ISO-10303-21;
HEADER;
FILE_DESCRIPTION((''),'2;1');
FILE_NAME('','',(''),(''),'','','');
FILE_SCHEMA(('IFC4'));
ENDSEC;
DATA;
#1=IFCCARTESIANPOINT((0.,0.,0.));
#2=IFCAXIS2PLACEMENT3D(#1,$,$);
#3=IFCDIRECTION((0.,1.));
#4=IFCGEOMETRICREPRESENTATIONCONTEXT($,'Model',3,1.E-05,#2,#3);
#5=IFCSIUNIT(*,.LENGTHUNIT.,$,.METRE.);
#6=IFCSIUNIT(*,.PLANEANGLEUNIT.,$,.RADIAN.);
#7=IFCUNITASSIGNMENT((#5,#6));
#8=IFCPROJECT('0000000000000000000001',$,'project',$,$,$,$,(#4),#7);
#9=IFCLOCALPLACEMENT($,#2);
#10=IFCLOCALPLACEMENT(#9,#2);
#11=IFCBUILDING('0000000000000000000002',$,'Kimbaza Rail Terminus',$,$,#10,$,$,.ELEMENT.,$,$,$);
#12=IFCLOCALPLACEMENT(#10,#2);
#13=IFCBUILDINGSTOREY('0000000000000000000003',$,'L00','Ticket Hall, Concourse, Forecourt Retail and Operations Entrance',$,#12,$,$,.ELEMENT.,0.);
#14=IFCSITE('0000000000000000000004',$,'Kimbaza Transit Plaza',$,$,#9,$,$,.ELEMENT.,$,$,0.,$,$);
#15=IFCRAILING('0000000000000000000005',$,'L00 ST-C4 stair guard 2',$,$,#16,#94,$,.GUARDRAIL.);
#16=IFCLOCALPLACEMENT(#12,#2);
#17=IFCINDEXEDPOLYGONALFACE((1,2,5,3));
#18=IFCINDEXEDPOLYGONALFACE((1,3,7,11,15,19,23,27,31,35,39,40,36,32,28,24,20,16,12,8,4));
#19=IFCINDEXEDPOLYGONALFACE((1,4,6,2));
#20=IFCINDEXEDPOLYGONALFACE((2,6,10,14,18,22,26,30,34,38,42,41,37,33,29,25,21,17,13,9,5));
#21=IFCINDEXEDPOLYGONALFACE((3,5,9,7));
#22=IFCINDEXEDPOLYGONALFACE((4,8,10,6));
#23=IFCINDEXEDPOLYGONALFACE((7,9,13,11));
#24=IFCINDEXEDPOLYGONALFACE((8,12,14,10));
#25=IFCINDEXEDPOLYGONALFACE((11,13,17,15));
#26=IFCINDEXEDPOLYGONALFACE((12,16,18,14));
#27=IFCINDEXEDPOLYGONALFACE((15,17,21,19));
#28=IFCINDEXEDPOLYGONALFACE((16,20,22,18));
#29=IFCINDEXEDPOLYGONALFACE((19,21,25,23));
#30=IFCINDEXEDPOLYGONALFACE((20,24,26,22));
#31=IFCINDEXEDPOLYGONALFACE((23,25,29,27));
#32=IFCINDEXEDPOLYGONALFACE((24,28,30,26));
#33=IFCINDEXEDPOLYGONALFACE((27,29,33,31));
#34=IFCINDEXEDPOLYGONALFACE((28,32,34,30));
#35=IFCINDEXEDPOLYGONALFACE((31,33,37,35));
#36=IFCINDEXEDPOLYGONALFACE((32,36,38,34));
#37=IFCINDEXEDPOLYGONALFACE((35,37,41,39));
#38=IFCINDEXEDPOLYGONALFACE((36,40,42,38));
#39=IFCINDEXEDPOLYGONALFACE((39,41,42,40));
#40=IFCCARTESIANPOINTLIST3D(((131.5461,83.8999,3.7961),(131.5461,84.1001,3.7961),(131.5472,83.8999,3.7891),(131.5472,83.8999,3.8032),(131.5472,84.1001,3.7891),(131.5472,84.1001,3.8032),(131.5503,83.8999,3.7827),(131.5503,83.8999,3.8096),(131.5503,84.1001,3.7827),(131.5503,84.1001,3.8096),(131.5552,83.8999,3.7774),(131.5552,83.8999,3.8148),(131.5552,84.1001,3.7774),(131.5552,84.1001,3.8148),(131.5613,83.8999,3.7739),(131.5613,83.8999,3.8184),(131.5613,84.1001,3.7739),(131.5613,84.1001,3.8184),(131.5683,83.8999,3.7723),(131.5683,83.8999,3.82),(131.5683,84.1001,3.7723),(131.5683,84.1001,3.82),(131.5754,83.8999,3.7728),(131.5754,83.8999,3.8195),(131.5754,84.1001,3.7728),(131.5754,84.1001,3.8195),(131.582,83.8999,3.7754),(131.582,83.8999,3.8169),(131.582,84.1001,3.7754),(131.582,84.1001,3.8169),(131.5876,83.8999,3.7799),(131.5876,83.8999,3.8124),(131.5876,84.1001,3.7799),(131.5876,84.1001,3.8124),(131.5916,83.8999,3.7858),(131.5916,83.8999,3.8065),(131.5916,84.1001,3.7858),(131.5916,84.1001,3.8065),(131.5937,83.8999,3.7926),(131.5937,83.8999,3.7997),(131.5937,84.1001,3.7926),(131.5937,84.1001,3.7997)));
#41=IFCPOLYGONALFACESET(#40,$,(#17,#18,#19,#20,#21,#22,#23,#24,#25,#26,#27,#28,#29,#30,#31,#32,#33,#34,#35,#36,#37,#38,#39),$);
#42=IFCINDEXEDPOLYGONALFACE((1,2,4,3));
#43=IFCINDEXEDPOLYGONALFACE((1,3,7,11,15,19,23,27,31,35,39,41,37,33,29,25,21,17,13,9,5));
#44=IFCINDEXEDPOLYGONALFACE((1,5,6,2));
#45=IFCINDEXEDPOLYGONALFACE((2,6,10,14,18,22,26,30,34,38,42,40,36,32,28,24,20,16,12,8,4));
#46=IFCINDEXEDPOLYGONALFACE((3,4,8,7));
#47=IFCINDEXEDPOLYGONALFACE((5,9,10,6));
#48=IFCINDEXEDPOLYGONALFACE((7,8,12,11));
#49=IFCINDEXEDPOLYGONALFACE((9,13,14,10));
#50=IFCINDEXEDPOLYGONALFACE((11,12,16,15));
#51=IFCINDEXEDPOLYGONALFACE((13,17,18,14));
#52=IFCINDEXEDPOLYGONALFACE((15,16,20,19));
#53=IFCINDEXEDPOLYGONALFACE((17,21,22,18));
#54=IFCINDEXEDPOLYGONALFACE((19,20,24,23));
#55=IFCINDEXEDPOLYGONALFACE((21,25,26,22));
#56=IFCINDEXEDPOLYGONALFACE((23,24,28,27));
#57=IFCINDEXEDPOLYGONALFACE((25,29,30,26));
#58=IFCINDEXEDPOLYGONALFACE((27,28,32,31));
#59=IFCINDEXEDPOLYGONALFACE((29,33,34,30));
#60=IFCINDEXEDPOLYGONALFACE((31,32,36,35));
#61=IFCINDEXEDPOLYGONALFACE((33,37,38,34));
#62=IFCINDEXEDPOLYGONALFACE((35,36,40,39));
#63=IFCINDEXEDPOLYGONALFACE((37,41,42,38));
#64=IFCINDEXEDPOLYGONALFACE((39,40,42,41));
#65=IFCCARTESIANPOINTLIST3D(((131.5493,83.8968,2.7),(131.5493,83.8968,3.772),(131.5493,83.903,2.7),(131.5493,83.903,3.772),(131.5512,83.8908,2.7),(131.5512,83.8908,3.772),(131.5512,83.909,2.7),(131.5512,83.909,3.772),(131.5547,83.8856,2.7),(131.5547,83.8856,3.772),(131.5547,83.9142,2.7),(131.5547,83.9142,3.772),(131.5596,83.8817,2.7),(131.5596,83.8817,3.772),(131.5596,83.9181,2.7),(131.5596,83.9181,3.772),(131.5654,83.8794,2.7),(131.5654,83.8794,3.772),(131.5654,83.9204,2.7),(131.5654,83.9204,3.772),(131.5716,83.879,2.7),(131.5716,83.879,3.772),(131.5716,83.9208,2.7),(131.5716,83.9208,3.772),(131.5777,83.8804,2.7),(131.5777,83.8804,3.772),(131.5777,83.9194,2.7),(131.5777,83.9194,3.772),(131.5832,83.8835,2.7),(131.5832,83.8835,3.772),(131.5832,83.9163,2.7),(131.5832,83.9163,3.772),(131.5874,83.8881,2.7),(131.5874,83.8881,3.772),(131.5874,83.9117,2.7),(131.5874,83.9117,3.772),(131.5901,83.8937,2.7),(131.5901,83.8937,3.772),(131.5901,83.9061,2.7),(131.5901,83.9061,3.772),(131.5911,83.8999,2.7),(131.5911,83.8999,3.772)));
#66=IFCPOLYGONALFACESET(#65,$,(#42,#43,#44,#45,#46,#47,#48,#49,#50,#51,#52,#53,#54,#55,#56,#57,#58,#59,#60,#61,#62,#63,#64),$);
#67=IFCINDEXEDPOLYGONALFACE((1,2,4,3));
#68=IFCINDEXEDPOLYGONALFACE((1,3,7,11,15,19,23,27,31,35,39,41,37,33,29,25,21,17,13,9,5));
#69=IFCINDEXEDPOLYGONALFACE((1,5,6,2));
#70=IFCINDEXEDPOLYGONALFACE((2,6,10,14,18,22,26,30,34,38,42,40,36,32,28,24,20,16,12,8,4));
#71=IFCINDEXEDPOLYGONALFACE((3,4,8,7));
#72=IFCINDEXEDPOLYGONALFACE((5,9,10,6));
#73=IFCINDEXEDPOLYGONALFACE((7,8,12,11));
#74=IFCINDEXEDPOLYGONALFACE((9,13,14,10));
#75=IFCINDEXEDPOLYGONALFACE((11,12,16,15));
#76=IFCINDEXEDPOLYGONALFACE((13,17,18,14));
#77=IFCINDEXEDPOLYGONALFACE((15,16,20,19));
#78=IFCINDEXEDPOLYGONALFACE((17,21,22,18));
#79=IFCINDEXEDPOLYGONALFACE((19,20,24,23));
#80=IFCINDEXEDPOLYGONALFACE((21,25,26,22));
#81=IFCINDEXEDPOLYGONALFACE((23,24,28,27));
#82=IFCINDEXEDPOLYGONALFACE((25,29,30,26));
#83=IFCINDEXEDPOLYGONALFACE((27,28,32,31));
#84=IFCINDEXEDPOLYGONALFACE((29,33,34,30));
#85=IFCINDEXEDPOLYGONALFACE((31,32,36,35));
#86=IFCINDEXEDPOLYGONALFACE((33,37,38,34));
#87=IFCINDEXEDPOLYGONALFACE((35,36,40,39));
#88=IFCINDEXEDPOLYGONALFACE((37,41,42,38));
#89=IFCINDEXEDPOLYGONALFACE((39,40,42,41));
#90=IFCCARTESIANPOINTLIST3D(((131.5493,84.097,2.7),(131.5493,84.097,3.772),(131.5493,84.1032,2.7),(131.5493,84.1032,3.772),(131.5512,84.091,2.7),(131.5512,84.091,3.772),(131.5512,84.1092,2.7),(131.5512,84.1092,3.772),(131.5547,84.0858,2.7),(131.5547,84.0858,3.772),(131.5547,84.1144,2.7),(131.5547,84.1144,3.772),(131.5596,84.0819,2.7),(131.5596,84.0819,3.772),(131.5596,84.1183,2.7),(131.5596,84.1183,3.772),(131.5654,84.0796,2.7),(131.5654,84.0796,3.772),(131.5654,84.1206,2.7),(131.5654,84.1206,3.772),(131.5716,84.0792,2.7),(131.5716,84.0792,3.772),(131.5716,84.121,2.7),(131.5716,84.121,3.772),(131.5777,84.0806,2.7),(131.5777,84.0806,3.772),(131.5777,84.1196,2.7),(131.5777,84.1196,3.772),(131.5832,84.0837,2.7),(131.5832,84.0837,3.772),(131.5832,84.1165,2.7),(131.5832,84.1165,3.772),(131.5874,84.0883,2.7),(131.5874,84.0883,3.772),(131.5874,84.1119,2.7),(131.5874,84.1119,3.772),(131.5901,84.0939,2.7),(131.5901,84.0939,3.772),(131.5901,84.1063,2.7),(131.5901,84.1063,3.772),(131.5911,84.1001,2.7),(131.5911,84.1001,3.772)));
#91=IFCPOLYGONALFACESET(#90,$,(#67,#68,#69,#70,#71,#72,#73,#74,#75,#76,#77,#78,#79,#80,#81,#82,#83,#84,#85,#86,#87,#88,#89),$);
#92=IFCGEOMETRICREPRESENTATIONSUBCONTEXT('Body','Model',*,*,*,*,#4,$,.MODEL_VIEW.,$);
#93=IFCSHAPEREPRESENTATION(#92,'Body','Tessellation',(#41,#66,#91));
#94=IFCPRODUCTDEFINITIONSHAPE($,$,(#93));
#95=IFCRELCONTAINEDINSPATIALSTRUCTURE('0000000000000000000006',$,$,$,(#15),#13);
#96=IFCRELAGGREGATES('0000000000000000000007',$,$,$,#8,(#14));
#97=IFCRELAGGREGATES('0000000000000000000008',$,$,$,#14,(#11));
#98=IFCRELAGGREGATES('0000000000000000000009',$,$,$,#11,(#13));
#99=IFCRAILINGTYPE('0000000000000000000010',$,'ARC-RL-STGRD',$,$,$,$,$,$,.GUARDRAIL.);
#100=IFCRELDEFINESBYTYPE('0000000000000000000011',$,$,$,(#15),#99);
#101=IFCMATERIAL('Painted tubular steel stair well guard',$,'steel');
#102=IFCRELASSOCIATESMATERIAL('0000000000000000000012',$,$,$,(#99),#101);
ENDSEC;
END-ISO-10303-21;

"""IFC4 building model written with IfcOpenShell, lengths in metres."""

from ifc_helpers import new_model, si_unit, direction, frame, origin, origin_2d, place, context, subcontext, project, spatial, circle, extrude, material, type_object, element, save


model = new_model("IFC4")

# Units and contexts
model_context = context("Model", 3, precision=1e-05, world=origin(), true_north=direction((0.0, 1.0)))
body_context = subcontext(model_context, "Body", "Model", "MODEL_VIEW")
ifc_project = project(units=[si_unit("LENGTHUNIT", "METRE"), si_unit("PLANEANGLEUNIT", "RADIAN")], contexts=[model_context])

# Site, building, storey
site_placement = place(None, origin())
site = spatial("IfcSite", under=ifc_project, at=site_placement, Name="Kimbaza Transit Plaza", CompositionType="ELEMENT", RefElevation=0.0)
building_placement = place(site_placement, origin())
building = spatial("IfcBuilding", under=site, at=building_placement, Name="Kimbaza Rail Terminus", CompositionType="ELEMENT")
storey_placement = place(building_placement, origin())
storey = spatial("IfcBuildingStorey", under=building, at=storey_placement, Name="L00", Description="Ticket Hall, Concourse, Forecourt Retail and Operations Entrance", CompositionType="ELEMENT", Elevation=0.0)

# Railing
ifc_material_1 = material(Name="Painted tubular steel stair well guard", Category="steel")
railing_type_1 = type_object("IfcRailingType", Name="ARC-RL-STGRD", PredefinedType="GUARDRAIL", material=ifc_material_1)
railing_1_placement = place(storey_placement, frame((131.5701, 83.8999, 2.7)))
element("IfcRailing", 1, at=railing_1_placement, inside=storey, type_object=railing_type_1, Name="L00 ST-C4 stair guard 2", PredefinedType="GUARDRAIL", context=body_context, shape_type="SweptSolid", body=[
    extrude(circle(Radius=0.0239, at=origin_2d()), frame((0.0, 0.0, 1.0962), z_axis=(0.0, 1.0, 0.0), x_axis=(-1.0, 0.0, 0.0)), (0.0, 0.0, 1.0), 0.2002),
    extrude(circle(Radius=0.021, at=origin_2d()), origin(), (0.0, 0.0, 1.0), 1.072),
    extrude(circle(Radius=0.021, at=origin_2d()), frame((0.0, 0.2002, 0.0)), (0.0, 0.0, 1.0), 1.072),
])

save(model, "model.ifc")
